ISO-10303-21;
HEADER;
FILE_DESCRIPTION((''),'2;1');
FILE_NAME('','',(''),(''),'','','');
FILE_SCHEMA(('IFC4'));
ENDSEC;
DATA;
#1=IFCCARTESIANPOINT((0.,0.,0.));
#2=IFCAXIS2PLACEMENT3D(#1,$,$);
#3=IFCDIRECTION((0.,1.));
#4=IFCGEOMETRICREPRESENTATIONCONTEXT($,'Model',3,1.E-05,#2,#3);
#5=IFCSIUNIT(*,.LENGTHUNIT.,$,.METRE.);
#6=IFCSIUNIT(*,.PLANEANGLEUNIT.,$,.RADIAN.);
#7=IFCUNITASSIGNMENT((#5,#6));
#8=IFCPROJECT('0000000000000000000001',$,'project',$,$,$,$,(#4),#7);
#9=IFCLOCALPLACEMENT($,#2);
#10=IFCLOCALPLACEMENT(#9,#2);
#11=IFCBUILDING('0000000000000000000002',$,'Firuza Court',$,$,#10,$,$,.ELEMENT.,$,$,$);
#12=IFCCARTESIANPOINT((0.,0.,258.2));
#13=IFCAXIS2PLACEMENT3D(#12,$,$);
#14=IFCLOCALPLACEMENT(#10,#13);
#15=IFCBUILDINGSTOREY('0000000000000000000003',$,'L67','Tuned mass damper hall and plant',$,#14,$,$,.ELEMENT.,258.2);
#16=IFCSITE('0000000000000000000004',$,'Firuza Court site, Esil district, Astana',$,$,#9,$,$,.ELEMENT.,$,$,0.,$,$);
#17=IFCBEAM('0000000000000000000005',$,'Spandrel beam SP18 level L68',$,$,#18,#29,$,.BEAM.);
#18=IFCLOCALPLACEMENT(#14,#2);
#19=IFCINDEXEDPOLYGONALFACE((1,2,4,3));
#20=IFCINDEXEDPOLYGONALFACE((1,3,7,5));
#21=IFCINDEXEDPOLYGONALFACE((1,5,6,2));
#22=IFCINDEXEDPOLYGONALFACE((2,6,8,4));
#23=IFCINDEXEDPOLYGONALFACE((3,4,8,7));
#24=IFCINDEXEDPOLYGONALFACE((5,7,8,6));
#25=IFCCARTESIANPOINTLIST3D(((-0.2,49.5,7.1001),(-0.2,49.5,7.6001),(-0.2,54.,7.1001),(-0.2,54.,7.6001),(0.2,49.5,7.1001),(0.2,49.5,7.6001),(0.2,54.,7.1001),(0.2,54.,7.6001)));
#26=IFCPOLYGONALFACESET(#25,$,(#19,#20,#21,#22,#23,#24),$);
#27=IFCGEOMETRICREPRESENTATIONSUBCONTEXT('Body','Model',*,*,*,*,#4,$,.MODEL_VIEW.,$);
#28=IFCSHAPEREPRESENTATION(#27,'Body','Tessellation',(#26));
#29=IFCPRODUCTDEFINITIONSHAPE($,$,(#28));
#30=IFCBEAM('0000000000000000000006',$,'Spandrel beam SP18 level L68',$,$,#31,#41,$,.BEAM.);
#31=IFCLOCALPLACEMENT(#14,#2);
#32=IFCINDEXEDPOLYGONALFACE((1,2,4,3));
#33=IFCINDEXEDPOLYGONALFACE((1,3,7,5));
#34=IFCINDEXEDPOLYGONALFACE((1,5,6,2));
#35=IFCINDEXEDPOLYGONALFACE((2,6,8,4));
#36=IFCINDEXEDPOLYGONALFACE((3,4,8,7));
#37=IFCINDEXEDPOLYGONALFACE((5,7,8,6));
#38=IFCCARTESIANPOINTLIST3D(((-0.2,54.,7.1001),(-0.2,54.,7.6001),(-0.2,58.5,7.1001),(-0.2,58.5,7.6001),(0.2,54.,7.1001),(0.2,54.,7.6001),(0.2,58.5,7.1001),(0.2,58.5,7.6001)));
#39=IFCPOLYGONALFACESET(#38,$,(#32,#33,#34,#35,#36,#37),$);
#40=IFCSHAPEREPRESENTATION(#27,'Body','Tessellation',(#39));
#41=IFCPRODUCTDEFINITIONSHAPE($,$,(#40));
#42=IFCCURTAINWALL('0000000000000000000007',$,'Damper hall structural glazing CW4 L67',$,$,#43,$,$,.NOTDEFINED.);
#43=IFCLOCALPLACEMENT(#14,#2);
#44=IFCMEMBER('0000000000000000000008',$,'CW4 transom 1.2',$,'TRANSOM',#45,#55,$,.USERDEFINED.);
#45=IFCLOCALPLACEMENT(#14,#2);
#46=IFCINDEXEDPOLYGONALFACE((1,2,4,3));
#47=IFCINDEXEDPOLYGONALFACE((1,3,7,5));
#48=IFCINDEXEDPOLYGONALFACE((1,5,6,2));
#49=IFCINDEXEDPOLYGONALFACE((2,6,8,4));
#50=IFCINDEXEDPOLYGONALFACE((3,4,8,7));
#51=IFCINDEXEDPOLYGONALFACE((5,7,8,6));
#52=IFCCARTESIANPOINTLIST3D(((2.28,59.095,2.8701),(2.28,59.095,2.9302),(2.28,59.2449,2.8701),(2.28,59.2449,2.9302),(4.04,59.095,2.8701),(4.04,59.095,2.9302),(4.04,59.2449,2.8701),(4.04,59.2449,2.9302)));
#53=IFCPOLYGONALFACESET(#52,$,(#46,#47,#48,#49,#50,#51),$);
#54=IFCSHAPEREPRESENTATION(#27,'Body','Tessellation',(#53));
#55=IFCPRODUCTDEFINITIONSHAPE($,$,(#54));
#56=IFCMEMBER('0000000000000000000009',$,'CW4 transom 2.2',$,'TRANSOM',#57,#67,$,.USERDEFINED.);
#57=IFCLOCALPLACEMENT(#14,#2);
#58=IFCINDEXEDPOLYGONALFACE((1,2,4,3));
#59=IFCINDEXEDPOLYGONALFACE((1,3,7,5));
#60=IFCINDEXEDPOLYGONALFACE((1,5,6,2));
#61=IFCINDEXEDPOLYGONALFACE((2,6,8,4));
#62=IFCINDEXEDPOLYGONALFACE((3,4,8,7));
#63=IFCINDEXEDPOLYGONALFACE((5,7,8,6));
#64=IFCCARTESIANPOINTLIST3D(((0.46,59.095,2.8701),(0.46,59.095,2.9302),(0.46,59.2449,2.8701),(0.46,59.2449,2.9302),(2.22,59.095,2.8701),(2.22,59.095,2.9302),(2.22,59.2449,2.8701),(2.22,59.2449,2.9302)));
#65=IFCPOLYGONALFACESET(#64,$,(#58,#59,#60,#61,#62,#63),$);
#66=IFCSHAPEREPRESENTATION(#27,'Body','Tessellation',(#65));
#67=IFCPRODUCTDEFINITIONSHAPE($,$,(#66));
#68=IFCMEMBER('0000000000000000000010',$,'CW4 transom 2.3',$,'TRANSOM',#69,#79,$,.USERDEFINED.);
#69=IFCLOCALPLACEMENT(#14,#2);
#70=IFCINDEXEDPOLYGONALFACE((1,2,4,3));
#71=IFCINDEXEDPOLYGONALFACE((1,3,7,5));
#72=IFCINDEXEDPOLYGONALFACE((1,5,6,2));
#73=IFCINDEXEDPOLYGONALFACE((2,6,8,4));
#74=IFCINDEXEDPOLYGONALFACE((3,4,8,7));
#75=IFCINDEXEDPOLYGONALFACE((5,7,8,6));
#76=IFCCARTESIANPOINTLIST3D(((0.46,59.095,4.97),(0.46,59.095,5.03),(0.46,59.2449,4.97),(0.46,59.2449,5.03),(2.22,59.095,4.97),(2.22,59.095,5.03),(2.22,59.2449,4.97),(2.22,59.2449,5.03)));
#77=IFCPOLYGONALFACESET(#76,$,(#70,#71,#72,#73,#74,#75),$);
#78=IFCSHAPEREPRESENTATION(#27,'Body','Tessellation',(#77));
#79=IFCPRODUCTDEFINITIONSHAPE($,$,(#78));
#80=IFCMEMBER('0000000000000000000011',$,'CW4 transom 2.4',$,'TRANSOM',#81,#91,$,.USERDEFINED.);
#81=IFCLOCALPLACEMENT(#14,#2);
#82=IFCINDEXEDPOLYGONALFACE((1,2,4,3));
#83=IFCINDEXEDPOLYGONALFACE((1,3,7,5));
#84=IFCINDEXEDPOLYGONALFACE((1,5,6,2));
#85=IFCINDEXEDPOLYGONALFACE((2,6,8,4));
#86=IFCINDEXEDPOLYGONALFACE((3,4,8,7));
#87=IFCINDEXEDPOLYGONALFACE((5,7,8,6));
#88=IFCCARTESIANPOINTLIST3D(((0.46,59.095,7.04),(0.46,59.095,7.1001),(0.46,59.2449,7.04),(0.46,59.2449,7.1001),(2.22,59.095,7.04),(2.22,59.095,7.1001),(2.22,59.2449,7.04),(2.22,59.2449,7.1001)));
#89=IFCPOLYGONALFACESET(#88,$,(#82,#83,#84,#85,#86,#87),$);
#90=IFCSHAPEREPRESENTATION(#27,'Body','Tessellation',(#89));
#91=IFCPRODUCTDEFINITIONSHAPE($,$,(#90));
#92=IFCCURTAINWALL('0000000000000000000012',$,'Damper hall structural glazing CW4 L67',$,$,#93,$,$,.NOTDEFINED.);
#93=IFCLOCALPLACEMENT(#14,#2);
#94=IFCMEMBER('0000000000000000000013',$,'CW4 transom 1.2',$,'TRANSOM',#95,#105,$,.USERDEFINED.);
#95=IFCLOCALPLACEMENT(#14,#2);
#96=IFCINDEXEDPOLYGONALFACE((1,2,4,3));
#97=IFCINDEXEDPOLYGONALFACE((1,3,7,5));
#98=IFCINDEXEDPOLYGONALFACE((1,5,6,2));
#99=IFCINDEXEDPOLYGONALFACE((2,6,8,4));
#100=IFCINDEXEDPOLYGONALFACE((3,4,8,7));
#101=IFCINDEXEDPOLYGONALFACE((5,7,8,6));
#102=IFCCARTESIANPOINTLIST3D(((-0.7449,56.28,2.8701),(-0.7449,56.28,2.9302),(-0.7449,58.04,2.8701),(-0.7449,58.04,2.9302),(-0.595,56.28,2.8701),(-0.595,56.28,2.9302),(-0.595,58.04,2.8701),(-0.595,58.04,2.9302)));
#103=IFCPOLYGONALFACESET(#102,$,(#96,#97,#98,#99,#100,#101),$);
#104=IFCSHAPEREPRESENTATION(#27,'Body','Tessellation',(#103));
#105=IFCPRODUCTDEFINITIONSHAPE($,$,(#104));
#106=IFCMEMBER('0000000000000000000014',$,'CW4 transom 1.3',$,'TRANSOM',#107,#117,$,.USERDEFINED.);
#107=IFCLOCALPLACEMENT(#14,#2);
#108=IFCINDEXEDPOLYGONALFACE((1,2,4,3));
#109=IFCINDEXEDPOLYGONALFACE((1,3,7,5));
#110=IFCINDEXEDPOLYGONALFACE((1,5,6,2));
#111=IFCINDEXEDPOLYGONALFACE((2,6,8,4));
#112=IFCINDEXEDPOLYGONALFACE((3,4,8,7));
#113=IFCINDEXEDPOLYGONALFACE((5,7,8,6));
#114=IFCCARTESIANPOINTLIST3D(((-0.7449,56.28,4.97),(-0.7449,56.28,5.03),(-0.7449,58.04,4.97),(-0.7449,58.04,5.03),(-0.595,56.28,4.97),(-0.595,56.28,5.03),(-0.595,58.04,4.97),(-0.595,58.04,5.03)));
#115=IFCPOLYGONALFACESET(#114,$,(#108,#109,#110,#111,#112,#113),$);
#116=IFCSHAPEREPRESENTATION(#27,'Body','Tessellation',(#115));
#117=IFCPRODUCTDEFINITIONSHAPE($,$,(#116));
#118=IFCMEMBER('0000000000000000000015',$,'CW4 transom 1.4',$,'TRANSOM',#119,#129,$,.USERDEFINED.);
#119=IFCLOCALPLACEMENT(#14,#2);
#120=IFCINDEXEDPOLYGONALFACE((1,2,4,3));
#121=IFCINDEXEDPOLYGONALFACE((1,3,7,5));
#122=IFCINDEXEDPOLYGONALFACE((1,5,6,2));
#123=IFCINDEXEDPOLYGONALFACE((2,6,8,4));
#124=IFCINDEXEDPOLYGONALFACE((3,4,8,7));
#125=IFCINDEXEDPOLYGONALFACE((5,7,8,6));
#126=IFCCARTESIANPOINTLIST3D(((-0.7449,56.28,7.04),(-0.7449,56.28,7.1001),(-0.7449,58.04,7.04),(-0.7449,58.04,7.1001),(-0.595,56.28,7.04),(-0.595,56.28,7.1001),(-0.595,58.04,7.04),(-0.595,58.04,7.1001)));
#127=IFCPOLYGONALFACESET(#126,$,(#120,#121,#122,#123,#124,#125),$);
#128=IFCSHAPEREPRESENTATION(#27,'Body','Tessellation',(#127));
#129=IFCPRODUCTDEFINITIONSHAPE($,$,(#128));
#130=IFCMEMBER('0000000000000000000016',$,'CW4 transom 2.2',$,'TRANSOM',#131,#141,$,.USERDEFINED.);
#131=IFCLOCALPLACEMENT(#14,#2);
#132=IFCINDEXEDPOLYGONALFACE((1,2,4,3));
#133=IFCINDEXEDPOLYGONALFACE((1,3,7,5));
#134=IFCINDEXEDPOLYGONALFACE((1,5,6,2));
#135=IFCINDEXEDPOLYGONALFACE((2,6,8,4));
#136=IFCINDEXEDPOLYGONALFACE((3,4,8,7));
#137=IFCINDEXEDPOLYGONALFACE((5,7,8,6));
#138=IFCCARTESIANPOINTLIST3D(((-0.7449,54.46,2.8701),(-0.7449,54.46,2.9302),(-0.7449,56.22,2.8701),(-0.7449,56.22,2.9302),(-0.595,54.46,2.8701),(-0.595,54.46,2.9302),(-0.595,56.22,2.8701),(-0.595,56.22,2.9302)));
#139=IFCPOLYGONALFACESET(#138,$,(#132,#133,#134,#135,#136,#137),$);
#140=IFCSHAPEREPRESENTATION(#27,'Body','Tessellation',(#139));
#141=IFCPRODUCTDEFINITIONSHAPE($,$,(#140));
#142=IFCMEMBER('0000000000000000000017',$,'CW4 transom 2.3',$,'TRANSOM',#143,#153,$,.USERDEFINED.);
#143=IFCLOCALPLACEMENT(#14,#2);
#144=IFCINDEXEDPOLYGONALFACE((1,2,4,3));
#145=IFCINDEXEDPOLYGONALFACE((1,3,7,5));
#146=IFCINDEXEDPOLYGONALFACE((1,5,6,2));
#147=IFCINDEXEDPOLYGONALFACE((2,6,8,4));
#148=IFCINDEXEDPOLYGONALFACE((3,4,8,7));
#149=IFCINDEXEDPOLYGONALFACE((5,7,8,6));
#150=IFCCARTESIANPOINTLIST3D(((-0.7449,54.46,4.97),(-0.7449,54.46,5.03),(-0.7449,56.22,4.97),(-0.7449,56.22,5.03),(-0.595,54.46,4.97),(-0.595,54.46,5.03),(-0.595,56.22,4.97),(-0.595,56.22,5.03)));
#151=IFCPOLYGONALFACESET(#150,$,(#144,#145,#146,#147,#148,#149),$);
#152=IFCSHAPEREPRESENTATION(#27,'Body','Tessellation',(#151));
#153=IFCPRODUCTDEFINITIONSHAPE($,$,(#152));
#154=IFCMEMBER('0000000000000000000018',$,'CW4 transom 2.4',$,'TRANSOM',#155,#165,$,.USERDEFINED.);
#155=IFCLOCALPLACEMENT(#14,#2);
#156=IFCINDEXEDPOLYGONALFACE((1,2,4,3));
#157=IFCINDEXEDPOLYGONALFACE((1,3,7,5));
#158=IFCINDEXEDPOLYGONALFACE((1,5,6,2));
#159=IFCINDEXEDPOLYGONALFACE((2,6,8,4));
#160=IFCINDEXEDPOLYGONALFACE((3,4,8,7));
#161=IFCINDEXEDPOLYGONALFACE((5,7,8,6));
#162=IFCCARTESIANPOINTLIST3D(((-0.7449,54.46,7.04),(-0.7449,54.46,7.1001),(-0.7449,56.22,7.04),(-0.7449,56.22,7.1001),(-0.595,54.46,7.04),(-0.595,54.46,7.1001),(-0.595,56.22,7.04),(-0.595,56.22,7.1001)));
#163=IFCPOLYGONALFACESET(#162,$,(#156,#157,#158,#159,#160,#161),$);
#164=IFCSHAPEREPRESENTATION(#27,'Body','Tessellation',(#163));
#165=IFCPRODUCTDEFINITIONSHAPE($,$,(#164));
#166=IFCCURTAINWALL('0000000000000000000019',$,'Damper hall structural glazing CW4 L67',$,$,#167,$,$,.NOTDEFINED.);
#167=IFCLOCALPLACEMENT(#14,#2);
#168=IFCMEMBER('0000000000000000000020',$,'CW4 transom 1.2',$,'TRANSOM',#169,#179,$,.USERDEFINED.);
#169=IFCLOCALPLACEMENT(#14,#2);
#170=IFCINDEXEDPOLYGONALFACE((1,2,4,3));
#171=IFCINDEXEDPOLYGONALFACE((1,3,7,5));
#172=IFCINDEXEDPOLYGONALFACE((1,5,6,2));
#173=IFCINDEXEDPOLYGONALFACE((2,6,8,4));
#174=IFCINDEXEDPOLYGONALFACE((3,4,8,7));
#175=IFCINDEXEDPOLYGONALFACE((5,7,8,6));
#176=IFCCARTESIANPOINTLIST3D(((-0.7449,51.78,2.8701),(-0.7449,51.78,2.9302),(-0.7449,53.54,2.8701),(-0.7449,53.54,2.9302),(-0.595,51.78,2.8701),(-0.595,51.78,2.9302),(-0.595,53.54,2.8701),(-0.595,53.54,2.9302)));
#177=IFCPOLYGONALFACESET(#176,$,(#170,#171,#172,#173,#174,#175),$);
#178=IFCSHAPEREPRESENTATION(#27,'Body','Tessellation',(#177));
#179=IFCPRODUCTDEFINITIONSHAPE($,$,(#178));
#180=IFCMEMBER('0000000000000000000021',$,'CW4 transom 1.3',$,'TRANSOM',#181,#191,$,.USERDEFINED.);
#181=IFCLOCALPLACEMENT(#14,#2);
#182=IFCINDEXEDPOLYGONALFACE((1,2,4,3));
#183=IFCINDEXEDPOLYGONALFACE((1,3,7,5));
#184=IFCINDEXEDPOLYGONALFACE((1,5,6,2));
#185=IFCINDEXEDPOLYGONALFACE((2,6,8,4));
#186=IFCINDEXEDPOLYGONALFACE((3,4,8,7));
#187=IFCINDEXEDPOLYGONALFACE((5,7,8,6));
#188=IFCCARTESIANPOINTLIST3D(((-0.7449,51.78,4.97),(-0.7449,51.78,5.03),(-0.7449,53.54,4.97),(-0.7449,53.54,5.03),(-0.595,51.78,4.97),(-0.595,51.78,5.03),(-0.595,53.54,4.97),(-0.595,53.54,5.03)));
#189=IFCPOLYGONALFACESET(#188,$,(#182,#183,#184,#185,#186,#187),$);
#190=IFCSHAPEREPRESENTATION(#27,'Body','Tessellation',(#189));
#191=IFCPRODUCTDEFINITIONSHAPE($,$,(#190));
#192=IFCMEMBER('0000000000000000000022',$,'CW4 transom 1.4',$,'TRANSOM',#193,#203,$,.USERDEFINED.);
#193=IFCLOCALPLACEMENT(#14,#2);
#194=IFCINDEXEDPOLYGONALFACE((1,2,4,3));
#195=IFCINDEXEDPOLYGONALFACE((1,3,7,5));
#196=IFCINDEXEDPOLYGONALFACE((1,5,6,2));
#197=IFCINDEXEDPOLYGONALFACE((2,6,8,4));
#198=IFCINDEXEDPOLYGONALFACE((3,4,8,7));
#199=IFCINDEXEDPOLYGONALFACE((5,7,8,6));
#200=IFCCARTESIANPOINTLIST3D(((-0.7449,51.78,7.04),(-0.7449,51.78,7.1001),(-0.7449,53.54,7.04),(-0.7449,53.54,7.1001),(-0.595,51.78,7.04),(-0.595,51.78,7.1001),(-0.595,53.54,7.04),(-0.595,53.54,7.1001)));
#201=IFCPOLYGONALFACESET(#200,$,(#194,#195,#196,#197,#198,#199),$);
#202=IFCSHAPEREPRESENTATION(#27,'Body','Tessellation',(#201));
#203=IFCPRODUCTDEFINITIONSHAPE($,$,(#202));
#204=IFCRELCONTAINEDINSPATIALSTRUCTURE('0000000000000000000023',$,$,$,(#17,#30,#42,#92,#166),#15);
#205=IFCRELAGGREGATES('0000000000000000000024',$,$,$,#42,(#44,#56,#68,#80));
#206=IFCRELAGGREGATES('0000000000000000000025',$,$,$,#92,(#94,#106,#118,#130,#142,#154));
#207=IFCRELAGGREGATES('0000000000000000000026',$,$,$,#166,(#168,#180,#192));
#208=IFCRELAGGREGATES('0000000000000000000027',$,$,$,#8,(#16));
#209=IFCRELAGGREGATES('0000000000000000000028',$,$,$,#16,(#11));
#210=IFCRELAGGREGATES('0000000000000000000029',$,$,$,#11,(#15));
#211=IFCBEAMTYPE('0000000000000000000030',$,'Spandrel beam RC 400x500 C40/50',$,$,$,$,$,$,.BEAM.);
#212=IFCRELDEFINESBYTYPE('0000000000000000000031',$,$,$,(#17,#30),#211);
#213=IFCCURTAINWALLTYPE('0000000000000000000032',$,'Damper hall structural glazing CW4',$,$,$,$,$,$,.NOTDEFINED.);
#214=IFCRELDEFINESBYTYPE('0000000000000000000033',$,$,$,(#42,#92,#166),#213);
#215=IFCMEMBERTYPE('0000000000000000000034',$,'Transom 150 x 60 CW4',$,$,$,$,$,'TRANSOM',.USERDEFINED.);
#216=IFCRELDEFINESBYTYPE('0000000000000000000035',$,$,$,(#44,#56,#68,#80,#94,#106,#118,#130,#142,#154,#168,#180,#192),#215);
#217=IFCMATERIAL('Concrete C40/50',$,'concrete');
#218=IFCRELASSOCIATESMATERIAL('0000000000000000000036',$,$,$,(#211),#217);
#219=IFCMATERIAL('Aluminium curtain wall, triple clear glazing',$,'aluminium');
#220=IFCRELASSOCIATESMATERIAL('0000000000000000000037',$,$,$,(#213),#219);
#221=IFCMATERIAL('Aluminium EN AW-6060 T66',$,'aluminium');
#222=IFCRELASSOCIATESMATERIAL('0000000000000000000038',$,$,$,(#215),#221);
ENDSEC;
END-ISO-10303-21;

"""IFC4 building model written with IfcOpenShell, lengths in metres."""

from ifc_helpers import new_model, si_unit, direction, frame, origin, origin_2d, place, context, subcontext, project, spatial, rectangle, extrude, material, material_profile, profile_set, type_object, element, aggregate, save


model = new_model("IFC4")

# Units and contexts
model_context = context("Model", 3, precision=1e-05, world=origin(), true_north=direction((0.0, 1.0)))
body_context = subcontext(model_context, "Body", "Model", "MODEL_VIEW")
ifc_project = project(units=[si_unit("LENGTHUNIT", "METRE"), si_unit("PLANEANGLEUNIT", "RADIAN")], contexts=[model_context])

# Site, building, storey
site_placement = place(None, origin())
site = spatial("IfcSite", under=ifc_project, at=site_placement, Name="Firuza Court site, Esil district, Astana", CompositionType="ELEMENT", RefElevation=0.0)
building_placement = place(site_placement, origin())
building = spatial("IfcBuilding", under=site, at=building_placement, Name="Firuza Court", CompositionType="ELEMENT")
storey_placement = place(building_placement, frame((0.0, 0.0, 258.2)))
storey = spatial("IfcBuildingStorey", under=building, at=storey_placement, Name="L67", Description="Tuned mass damper hall and plant", CompositionType="ELEMENT", Elevation=258.2)

# Beams
ifc_material_1 = material(Name="Concrete C40/50", Category="concrete")
ifc_material_profile_1 = material_profile(ifc_material_1, rectangle(XDim=0.3999, YDim=0.5, at=origin_2d()), Name="RC 400x500")
ifc_profile_set_1 = profile_set([ifc_material_profile_1], Name="Concrete C40/50")
beam_type = type_object("IfcBeamType", Name="Spandrel beam RC 400x500 C40/50", PredefinedType="BEAM", material=ifc_profile_set_1)
for number, where, z_axis, x_axis, name in (
    (1, (0.0, 54.0, 7.3501), (0.0, -1.0, 0.0), (1.0, 0.0, 0.0), "Spandrel beam SP18 level L68"),
    (2, (0.0, 58.5, 7.3501), (0.0, -1.0, 0.0), (1.0, 0.0, 0.0), "Spandrel beam SP18 level L68"),
):
    element("IfcBeam", number, at=place(storey_placement, frame(where, z_axis=z_axis, x_axis=x_axis)), inside=storey, type_object=beam_type, Name=name, PredefinedType="BEAM", context=body_context, shape_type="SweptSolid", body=[
        extrude(rectangle(XDim=0.3999, YDim=0.5, at=origin_2d()), origin(), (0.0, 0.0, 1.0), 4.5),
    ])

# Curtain walls, members
ifc_material_2 = material(Name="Aluminium curtain wall, triple clear glazing", Category="aluminium")
curtain_wall_type = type_object("IfcCurtainWallType", Name="Damper hall structural glazing CW4", PredefinedType="NOTDEFINED", material=ifc_material_2)
curtain_wall_1_placement = place(storey_placement, origin())
curtain_wall_1 = element("IfcCurtainWall", 3, at=curtain_wall_1_placement, inside=storey, type_object=curtain_wall_type, Name="Damper hall structural glazing CW4 L67", PredefinedType="NOTDEFINED")
ifc_material_3 = material(Name="Aluminium EN AW-6060 T66", Category="aluminium")
ifc_material_profile_2 = material_profile(ifc_material_3, rectangle(XDim=0.1499, YDim=0.0601, at=origin_2d()), Name="Transom 150 x 60 CW4")
ifc_profile_set_2 = profile_set([ifc_material_profile_2], Name="Aluminium EN AW-6060 T66")
member_type = type_object("IfcMemberType", Name="Transom 150 x 60 CW4", ElementType="TRANSOM", PredefinedType="USERDEFINED", material=ifc_profile_set_2)
member_1_placement = place(storey_placement, frame((4.04, 59.1699, 2.9001), z_axis=(-1.0, 0.0, 0.0), x_axis=(0.0, -1.0, 0.0)))
member_1 = element("IfcMember", 4, at=member_1_placement, type_object=member_type, Name="CW4 transom 1.2", ObjectType="TRANSOM", PredefinedType="USERDEFINED", context=body_context, shape_type="SweptSolid", body=[
    extrude(rectangle(XDim=0.1499, YDim=0.0601, at=origin_2d()), origin(), (0.0, 0.0, 1.0), 1.76),
])
member_2_placement = place(storey_placement, frame((2.22, 59.1699, 2.9001), z_axis=(-1.0, 0.0, 0.0), x_axis=(0.0, -1.0, 0.0)))
member_2 = element("IfcMember", 5, at=member_2_placement, type_object=member_type, Name="CW4 transom 2.2", ObjectType="TRANSOM", PredefinedType="USERDEFINED", context=body_context, shape_type="SweptSolid", body=[
    extrude(rectangle(XDim=0.1499, YDim=0.0601, at=origin_2d()), origin(), (0.0, 0.0, 1.0), 1.76),
])
member_3_placement = place(storey_placement, frame((2.22, 59.1699, 5.0), z_axis=(-1.0, 0.0, 0.0), x_axis=(0.0, -1.0, 0.0)))
member_3 = element("IfcMember", 6, at=member_3_placement, type_object=member_type, Name="CW4 transom 2.3", ObjectType="TRANSOM", PredefinedType="USERDEFINED", context=body_context, shape_type="SweptSolid", body=[
    extrude(rectangle(XDim=0.1499, YDim=0.0601, at=origin_2d()), origin(), (0.0, 0.0, 1.0), 1.76),
])
member_4_placement = place(storey_placement, frame((2.22, 59.1699, 7.0701), z_axis=(-1.0, 0.0, 0.0), x_axis=(0.0, -1.0, 0.0)))
member_4 = element("IfcMember", 7, at=member_4_placement, type_object=member_type, Name="CW4 transom 2.4", ObjectType="TRANSOM", PredefinedType="USERDEFINED", context=body_context, shape_type="SweptSolid", body=[
    extrude(rectangle(XDim=0.1499, YDim=0.0601, at=origin_2d()), origin(), (0.0, 0.0, 1.0), 1.76),
])
curtain_wall_2_placement = place(storey_placement, origin())
curtain_wall_2 = element("IfcCurtainWall", 8, at=curtain_wall_2_placement, inside=storey, type_object=curtain_wall_type, Name="Damper hall structural glazing CW4 L67", PredefinedType="NOTDEFINED")
member_5_placement = place(storey_placement, frame((-0.6699, 58.04, 2.9001), z_axis=(0.0, -1.0, 0.0), x_axis=(1.0, 0.0, 0.0)))
member_5 = element("IfcMember", 9, at=member_5_placement, type_object=member_type, Name="CW4 transom 1.2", ObjectType="TRANSOM", PredefinedType="USERDEFINED", context=body_context, shape_type="SweptSolid", body=[
    extrude(rectangle(XDim=0.1499, YDim=0.0601, at=origin_2d()), origin(), (0.0, 0.0, 1.0), 1.76),
])
member_6_placement = place(storey_placement, frame((-0.6699, 58.04, 5.0), z_axis=(0.0, -1.0, 0.0), x_axis=(1.0, 0.0, 0.0)))
member_6 = element("IfcMember", 10, at=member_6_placement, type_object=member_type, Name="CW4 transom 1.3", ObjectType="TRANSOM", PredefinedType="USERDEFINED", context=body_context, shape_type="SweptSolid", body=[
    extrude(rectangle(XDim=0.1499, YDim=0.0601, at=origin_2d()), origin(), (0.0, 0.0, 1.0), 1.76),
])
member_7_placement = place(storey_placement, frame((-0.6699, 58.04, 7.0701), z_axis=(0.0, -1.0, 0.0), x_axis=(1.0, 0.0, 0.0)))
member_7 = element("IfcMember", 11, at=member_7_placement, type_object=member_type, Name="CW4 transom 1.4", ObjectType="TRANSOM", PredefinedType="USERDEFINED", context=body_context, shape_type="SweptSolid", body=[
    extrude(rectangle(XDim=0.1499, YDim=0.0601, at=origin_2d()), origin(), (0.0, 0.0, 1.0), 1.76),
])
member_8_placement = place(storey_placement, frame((-0.6699, 56.22, 2.9001), z_axis=(0.0, -1.0, 0.0), x_axis=(1.0, 0.0, 0.0)))
member_8 = element("IfcMember", 12, at=member_8_placement, type_object=member_type, Name="CW4 transom 2.2", ObjectType="TRANSOM", PredefinedType="USERDEFINED", context=body_context, shape_type="SweptSolid", body=[
    extrude(rectangle(XDim=0.1499, YDim=0.0601, at=origin_2d()), origin(), (0.0, 0.0, 1.0), 1.76),
])
member_9_placement = place(storey_placement, frame((-0.6699, 56.22, 5.0), z_axis=(0.0, -1.0, 0.0), x_axis=(1.0, 0.0, 0.0)))
member_9 = element("IfcMember", 13, at=member_9_placement, type_object=member_type, Name="CW4 transom 2.3", ObjectType="TRANSOM", PredefinedType="USERDEFINED", context=body_context, shape_type="SweptSolid", body=[
    extrude(rectangle(XDim=0.1499, YDim=0.0601, at=origin_2d()), origin(), (0.0, 0.0, 1.0), 1.76),
])
member_10_placement = place(storey_placement, frame((-0.6699, 56.22, 7.0701), z_axis=(0.0, -1.0, 0.0), x_axis=(1.0, 0.0, 0.0)))
member_10 = element("IfcMember", 14, at=member_10_placement, type_object=member_type, Name="CW4 transom 2.4", ObjectType="TRANSOM", PredefinedType="USERDEFINED", context=body_context, shape_type="SweptSolid", body=[
    extrude(rectangle(XDim=0.1499, YDim=0.0601, at=origin_2d()), origin(), (0.0, 0.0, 1.0), 1.76),
])
curtain_wall_3_placement = place(storey_placement, origin())
curtain_wall_3 = element("IfcCurtainWall", 15, at=curtain_wall_3_placement, inside=storey, type_object=curtain_wall_type, Name="Damper hall structural glazing CW4 L67", PredefinedType="NOTDEFINED")
member_11_placement = place(storey_placement, frame((-0.6699, 53.54, 2.9001), z_axis=(0.0, -1.0, 0.0), x_axis=(1.0, 0.0, 0.0)))
member_11 = element("IfcMember", 16, at=member_11_placement, type_object=member_type, Name="CW4 transom 1.2", ObjectType="TRANSOM", PredefinedType="USERDEFINED", context=body_context, shape_type="SweptSolid", body=[
    extrude(rectangle(XDim=0.1499, YDim=0.0601, at=origin_2d()), origin(), (0.0, 0.0, 1.0), 1.76),
])
member_12_placement = place(storey_placement, frame((-0.6699, 53.54, 5.0), z_axis=(0.0, -1.0, 0.0), x_axis=(1.0, 0.0, 0.0)))
member_12 = element("IfcMember", 17, at=member_12_placement, type_object=member_type, Name="CW4 transom 1.3", ObjectType="TRANSOM", PredefinedType="USERDEFINED", context=body_context, shape_type="SweptSolid", body=[
    extrude(rectangle(XDim=0.1499, YDim=0.0601, at=origin_2d()), origin(), (0.0, 0.0, 1.0), 1.76),
])
member_13_placement = place(storey_placement, frame((-0.6699, 53.54, 7.0701), z_axis=(0.0, -1.0, 0.0), x_axis=(1.0, 0.0, 0.0)))
member_13 = element("IfcMember", 18, at=member_13_placement, type_object=member_type, Name="CW4 transom 1.4", ObjectType="TRANSOM", PredefinedType="USERDEFINED", context=body_context, shape_type="SweptSolid", body=[
    extrude(rectangle(XDim=0.1499, YDim=0.0601, at=origin_2d()), origin(), (0.0, 0.0, 1.0), 1.76),
])

aggregate(curtain_wall_1, [member_1, member_2, member_3, member_4])
aggregate(curtain_wall_2, [member_5, member_6, member_7, member_8, member_9, member_10])
aggregate(curtain_wall_3, [member_11, member_12, member_13])

save(model, "model.ifc")
